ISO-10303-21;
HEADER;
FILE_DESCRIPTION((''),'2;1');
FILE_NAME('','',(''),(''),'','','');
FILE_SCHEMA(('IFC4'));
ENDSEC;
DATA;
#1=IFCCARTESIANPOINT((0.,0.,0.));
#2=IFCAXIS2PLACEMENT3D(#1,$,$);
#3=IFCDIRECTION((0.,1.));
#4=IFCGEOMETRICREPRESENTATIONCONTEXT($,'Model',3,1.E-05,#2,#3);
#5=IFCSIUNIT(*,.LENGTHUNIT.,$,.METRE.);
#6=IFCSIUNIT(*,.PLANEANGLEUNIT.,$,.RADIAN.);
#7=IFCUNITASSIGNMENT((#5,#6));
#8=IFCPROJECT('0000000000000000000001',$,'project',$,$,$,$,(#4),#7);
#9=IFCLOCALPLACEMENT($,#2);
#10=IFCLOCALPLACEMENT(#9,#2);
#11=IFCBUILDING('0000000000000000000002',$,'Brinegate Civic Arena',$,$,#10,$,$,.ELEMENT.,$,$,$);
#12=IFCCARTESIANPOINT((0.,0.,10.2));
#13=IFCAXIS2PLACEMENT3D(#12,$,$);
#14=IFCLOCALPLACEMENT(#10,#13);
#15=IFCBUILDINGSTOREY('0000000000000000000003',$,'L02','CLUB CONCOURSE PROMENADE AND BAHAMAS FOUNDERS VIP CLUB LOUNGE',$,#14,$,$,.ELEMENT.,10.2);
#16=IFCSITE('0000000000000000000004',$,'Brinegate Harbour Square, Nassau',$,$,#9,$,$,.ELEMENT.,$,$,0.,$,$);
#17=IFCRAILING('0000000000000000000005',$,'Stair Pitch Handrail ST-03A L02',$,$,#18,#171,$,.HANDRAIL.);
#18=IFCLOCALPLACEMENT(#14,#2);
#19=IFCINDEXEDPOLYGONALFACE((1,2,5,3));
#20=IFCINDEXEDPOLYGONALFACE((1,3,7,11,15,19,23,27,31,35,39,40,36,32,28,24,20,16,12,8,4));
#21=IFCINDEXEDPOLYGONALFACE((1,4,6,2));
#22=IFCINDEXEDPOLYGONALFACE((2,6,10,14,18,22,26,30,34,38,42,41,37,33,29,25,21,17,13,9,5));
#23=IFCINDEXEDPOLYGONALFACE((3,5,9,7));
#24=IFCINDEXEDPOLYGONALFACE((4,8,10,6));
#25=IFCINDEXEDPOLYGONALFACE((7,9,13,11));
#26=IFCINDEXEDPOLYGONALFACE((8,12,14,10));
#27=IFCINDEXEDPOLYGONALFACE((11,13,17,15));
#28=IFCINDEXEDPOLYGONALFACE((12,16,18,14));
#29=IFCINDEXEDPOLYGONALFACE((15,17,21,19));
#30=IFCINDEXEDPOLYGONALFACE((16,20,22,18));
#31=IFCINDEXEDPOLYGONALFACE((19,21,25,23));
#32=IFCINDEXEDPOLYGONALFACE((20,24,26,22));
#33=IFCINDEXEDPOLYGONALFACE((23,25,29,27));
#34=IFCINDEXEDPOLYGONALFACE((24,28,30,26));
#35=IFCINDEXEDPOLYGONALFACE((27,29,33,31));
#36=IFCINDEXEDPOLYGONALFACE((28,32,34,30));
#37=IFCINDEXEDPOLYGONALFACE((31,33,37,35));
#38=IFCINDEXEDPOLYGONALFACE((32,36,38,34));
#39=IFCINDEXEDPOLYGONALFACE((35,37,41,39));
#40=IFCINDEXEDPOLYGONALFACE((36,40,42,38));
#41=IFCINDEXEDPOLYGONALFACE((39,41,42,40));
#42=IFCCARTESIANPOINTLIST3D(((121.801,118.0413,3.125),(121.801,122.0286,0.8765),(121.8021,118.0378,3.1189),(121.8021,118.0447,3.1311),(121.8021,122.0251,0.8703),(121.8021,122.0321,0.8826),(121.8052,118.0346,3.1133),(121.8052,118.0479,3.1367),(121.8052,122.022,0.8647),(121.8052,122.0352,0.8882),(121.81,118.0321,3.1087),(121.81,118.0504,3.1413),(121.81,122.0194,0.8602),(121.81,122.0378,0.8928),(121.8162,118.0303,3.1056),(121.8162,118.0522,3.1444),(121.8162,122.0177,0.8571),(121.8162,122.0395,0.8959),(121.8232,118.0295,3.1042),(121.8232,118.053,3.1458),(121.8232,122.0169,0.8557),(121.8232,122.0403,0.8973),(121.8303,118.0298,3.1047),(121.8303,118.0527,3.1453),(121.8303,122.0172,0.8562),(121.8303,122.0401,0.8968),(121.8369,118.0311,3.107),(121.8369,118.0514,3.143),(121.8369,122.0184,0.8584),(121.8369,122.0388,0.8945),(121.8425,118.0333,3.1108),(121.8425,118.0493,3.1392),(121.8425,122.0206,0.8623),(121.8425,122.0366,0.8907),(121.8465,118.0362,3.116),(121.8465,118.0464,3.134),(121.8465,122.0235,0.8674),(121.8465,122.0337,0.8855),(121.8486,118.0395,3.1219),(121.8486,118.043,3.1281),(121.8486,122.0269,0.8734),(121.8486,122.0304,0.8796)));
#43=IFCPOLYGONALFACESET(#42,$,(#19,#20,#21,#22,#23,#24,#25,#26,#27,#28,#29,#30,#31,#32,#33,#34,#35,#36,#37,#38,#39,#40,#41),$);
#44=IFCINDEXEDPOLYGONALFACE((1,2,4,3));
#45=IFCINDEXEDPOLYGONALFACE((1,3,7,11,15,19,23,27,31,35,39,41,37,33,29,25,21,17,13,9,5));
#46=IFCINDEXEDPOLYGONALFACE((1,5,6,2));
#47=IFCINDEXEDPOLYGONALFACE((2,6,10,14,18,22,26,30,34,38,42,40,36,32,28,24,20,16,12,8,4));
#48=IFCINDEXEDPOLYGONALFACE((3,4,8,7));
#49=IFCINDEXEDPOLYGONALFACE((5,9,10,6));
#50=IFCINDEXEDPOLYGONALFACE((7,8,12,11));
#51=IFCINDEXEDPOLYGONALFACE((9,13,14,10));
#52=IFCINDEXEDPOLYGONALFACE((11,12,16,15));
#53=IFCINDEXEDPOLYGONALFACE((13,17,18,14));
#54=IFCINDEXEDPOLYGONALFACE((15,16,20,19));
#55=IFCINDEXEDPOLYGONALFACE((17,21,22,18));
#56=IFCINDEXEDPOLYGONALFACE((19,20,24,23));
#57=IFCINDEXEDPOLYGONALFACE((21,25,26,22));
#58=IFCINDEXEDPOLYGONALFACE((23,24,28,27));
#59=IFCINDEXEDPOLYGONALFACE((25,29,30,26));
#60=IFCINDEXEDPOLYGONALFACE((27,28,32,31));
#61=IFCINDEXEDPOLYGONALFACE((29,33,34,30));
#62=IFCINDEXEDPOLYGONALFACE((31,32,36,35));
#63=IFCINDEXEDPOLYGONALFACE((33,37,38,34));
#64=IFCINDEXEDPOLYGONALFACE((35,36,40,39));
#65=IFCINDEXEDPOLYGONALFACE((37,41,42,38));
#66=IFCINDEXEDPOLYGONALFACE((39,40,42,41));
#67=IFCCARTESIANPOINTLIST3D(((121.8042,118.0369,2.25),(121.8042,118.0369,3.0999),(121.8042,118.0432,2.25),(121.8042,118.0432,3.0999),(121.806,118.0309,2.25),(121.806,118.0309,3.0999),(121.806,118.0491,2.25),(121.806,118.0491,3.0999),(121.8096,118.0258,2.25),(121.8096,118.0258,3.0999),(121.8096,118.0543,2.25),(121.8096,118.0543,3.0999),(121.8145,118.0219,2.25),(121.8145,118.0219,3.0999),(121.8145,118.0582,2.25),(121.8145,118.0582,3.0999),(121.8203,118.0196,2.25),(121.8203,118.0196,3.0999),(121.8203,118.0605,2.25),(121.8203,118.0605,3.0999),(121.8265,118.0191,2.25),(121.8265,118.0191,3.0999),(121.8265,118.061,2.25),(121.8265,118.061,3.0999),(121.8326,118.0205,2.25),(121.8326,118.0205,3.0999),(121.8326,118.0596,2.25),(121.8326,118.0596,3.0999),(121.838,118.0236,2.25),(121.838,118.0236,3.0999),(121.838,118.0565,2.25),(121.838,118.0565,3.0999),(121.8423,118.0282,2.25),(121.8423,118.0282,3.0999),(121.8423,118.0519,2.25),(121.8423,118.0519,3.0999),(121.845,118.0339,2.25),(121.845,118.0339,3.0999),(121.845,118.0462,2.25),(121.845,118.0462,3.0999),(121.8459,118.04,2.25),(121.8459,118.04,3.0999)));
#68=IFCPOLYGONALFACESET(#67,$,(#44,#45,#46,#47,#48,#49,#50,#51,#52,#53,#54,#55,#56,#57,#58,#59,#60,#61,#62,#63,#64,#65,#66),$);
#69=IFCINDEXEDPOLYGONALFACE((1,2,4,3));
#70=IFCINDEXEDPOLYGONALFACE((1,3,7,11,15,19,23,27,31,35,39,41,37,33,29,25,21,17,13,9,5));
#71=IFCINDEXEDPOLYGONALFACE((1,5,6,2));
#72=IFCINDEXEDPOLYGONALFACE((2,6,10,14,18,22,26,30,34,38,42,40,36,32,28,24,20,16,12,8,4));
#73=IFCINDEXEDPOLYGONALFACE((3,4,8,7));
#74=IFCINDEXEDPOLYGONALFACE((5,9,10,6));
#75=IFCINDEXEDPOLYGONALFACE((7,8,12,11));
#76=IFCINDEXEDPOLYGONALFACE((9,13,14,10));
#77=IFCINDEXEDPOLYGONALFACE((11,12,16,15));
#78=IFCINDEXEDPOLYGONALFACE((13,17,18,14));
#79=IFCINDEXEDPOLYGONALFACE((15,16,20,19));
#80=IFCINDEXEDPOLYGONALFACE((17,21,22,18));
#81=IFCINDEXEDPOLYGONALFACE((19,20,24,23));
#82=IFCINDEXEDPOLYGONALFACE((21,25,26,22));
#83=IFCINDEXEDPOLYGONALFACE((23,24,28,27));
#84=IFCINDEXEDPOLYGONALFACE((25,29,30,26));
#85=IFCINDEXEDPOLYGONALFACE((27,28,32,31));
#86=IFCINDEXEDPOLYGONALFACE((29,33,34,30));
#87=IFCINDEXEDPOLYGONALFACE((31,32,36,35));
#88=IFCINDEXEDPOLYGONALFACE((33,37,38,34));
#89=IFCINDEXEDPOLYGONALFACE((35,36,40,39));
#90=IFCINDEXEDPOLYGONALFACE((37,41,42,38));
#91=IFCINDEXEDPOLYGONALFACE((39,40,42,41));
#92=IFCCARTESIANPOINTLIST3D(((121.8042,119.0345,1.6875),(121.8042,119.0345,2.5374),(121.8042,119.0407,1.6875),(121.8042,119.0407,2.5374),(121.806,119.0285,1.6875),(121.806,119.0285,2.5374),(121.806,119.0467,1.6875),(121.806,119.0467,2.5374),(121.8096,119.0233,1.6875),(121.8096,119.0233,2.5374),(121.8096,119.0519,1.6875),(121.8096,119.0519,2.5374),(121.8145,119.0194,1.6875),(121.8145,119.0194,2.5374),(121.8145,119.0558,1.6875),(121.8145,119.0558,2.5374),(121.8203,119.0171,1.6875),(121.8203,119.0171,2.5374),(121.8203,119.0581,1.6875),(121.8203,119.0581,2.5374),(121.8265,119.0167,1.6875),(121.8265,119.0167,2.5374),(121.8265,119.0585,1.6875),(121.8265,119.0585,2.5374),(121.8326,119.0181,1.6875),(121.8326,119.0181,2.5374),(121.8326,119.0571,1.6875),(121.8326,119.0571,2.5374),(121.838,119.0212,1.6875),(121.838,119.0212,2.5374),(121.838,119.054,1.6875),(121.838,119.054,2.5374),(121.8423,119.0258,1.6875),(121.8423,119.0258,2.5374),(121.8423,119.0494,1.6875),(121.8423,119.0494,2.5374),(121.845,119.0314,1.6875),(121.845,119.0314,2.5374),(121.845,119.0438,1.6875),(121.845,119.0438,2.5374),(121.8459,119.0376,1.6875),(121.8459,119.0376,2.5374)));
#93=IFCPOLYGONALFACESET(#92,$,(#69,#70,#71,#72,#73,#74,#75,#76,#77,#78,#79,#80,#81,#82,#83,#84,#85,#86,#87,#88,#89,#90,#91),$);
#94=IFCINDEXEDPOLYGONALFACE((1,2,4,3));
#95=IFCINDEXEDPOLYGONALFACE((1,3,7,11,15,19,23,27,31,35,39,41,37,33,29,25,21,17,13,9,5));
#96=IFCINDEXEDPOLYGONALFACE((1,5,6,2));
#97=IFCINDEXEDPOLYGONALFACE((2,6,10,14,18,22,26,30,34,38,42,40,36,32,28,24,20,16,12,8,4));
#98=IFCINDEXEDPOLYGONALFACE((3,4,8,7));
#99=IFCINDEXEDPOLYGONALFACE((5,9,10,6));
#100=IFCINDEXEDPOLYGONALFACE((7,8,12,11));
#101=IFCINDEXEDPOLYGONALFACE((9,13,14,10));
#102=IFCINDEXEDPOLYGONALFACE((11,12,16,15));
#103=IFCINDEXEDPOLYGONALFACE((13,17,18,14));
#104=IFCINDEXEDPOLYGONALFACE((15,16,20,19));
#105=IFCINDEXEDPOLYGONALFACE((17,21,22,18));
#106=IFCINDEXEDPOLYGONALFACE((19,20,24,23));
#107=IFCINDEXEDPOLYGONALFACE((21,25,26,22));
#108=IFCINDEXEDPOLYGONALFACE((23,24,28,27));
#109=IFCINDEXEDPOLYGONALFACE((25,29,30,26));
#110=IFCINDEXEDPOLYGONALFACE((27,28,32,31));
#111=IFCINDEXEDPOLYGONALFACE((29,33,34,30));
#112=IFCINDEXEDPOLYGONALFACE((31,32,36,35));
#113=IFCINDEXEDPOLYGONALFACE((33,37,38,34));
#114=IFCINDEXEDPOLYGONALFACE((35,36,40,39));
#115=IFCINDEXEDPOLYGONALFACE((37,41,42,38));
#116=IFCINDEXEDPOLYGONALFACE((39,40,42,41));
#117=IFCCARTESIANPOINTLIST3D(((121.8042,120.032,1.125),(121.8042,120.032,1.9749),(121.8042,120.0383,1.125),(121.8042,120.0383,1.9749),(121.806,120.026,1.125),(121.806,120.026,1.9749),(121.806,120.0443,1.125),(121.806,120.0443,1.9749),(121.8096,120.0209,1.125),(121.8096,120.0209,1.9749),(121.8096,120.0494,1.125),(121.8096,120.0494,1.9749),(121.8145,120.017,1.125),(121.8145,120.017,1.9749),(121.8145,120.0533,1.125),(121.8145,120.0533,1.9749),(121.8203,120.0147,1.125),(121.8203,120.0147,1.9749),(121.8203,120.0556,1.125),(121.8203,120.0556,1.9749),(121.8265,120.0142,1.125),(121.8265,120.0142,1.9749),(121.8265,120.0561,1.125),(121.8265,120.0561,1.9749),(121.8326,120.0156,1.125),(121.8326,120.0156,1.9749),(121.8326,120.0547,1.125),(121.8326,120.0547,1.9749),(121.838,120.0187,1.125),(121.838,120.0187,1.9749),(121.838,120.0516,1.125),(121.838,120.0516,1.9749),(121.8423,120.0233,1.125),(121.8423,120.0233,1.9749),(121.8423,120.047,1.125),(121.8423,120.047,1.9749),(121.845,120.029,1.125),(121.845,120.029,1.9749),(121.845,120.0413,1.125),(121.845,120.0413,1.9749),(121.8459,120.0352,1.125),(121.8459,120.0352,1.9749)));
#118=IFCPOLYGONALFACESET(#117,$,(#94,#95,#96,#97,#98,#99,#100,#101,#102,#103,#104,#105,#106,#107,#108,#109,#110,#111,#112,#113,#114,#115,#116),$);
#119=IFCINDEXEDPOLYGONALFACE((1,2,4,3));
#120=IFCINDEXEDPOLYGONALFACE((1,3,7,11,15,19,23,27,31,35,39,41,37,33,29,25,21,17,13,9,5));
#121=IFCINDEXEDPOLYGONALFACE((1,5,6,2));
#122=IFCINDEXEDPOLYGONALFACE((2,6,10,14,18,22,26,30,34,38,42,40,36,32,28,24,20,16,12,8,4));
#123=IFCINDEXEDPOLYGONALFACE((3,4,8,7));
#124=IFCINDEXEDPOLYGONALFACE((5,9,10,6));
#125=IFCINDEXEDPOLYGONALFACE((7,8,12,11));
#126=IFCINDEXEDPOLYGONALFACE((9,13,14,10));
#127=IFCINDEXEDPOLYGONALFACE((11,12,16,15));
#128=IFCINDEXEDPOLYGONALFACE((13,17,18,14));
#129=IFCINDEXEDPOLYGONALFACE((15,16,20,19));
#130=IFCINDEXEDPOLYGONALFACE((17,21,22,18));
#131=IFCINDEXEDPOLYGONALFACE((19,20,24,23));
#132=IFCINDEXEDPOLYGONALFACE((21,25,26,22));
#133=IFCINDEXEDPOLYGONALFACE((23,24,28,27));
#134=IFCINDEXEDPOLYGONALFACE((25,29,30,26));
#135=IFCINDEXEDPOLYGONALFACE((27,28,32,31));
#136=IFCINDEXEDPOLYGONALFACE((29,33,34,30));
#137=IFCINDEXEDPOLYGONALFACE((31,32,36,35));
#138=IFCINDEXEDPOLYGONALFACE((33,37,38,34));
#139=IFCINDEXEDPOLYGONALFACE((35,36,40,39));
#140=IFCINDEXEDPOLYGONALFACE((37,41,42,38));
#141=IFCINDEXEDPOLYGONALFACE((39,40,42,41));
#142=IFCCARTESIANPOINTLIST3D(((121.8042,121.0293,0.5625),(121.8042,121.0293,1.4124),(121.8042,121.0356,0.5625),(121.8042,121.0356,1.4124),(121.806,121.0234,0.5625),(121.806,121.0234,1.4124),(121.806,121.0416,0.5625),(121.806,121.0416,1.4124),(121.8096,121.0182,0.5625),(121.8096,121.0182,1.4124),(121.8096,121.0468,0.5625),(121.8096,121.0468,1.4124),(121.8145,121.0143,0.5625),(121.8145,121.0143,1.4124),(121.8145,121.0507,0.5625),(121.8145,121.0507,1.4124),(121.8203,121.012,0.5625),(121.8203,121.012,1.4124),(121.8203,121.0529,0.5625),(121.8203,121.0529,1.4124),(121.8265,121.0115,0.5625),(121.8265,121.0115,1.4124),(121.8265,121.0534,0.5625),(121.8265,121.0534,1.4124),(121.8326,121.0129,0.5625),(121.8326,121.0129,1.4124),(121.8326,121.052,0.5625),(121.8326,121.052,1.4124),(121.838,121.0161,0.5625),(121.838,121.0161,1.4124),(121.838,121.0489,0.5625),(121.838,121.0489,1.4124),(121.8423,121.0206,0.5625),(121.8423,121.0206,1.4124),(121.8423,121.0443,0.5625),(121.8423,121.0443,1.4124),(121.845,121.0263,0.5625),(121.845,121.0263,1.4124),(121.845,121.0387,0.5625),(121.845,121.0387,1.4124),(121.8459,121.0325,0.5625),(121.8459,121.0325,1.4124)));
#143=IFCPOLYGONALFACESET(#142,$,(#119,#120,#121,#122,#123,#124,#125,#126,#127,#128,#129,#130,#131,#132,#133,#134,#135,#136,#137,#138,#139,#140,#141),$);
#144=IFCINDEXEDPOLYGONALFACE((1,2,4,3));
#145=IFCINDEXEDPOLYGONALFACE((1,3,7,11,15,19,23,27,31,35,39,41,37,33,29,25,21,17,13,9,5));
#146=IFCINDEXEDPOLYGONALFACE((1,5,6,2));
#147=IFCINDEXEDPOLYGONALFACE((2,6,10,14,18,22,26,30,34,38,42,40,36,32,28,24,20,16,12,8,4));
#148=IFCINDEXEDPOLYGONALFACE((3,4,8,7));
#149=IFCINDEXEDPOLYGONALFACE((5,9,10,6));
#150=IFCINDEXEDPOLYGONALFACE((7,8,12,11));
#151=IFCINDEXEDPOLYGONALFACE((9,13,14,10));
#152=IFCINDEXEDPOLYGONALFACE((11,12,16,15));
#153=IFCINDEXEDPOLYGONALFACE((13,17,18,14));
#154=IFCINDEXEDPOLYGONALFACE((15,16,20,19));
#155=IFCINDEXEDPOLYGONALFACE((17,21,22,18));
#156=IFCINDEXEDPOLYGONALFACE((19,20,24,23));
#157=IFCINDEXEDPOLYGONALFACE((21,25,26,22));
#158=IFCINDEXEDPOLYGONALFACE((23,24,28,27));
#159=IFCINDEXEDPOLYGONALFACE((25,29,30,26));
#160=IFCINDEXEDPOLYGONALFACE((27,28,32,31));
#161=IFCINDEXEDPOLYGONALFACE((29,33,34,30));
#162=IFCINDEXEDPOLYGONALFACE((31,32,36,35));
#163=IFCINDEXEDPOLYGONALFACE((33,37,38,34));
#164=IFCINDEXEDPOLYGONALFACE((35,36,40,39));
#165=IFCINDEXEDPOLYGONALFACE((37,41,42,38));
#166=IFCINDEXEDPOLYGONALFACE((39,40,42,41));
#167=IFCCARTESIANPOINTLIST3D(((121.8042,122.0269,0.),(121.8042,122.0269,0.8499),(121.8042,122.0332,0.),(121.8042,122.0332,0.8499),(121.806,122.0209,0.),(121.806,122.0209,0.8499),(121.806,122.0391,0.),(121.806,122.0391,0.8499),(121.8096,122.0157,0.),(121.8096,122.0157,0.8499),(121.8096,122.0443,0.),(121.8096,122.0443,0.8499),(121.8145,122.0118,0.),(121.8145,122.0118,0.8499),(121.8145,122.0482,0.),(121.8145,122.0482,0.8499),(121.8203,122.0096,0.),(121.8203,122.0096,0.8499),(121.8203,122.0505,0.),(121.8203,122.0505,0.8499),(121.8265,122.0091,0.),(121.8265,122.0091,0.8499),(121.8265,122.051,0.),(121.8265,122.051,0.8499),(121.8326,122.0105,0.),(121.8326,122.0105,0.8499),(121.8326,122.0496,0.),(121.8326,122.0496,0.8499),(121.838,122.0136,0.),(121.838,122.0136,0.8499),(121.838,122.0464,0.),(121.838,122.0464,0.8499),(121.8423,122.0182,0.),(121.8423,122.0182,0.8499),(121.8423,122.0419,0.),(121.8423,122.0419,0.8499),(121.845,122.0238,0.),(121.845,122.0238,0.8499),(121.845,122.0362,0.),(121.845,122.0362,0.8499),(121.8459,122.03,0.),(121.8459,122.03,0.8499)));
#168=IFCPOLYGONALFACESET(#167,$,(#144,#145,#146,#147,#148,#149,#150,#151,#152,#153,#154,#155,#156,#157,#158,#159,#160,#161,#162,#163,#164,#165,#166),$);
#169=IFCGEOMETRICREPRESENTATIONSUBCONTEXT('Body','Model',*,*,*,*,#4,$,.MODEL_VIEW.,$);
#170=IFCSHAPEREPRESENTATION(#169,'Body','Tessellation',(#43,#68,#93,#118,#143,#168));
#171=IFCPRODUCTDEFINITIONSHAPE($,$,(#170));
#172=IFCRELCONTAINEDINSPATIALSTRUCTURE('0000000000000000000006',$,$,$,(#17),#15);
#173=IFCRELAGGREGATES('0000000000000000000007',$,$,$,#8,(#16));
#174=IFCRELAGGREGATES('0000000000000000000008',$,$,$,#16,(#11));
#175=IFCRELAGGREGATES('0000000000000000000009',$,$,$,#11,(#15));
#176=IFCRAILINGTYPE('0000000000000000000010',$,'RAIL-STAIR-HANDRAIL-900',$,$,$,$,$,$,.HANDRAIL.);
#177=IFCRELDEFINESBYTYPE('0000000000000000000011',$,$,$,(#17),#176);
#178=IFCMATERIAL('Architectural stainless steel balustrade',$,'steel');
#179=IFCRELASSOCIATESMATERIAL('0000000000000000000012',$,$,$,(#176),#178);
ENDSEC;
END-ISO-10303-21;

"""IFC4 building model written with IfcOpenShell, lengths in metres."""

from ifc_helpers import new_model, si_unit, direction, frame, origin, origin_2d, place, context, subcontext, project, spatial, circle, extrude, material, type_object, element, save


model = new_model("IFC4")

# Units and contexts
model_context = context("Model", 3, precision=1e-05, world=origin(), true_north=direction((0.0, 1.0)))
body_context = subcontext(model_context, "Body", "Model", "MODEL_VIEW")
ifc_project = project(units=[si_unit("LENGTHUNIT", "METRE"), si_unit("PLANEANGLEUNIT", "RADIAN")], contexts=[model_context])

# Site, building, storey
site_placement = place(None, origin())
site = spatial("IfcSite", under=ifc_project, at=site_placement, Name="Brinegate Harbour Square, Nassau", CompositionType="ELEMENT", RefElevation=0.0)
building_placement = place(site_placement, origin())
building = spatial("IfcBuilding", under=site, at=building_placement, Name="Brinegate Civic Arena", CompositionType="ELEMENT")
storey_placement = place(building_placement, frame((0.0, 0.0, 10.2)))
storey = spatial("IfcBuildingStorey", under=building, at=storey_placement, Name="L02", Description="CLUB CONCOURSE PROMENADE AND BAHAMAS FOUNDERS VIP CLUB LOUNGE", CompositionType="ELEMENT", Elevation=10.2)

# Railing
ifc_material_1 = material(Name="Architectural stainless steel balustrade", Category="steel")
railing_type_1 = type_object("IfcRailingType", Name="RAIL-STAIR-HANDRAIL-900", PredefinedType="HANDRAIL", material=ifc_material_1)
for number, where, name in (
    (1, (121.825, 118.04, 2.25), "Stair Pitch Handrail ST-03A L02"),
):
    element("IfcRailing", number, at=place(storey_placement, frame(where)), inside=storey, type_object=railing_type_1, Name=name, PredefinedType="HANDRAIL", context=body_context, shape_type="SweptSolid", body=[
        extrude(circle(Radius=0.0239, at=origin_2d()), frame((0.0, 0.0012, 0.875), z_axis=(0.0, 0.87105, -0.491195), x_axis=(-1.0, 0.0, 0.0)), (0.0, 0.0, 1.0), 4.5776),
        extrude(circle(Radius=0.021, at=origin_2d()), origin(), (0.0, 0.0, 1.0), 0.8499),
        extrude(circle(Radius=0.021, at=origin_2d()), frame((0.0, 0.9976, -0.5625)), (0.0, 0.0, 1.0), 0.8499),
        extrude(circle(Radius=0.021, at=origin_2d()), frame((0.0, 1.9951, -1.125)), (0.0, 0.0, 1.0), 0.8499),
        extrude(circle(Radius=0.021, at=origin_2d()), frame((0.0, 2.9924, -1.6875)), (0.0, 0.0, 1.0), 0.8499),
        extrude(circle(Radius=0.021, at=origin_2d()), frame((0.0, 3.99, -2.25)), (0.0, 0.0, 1.0), 0.8499),
    ])

save(model, "model.ifc")
